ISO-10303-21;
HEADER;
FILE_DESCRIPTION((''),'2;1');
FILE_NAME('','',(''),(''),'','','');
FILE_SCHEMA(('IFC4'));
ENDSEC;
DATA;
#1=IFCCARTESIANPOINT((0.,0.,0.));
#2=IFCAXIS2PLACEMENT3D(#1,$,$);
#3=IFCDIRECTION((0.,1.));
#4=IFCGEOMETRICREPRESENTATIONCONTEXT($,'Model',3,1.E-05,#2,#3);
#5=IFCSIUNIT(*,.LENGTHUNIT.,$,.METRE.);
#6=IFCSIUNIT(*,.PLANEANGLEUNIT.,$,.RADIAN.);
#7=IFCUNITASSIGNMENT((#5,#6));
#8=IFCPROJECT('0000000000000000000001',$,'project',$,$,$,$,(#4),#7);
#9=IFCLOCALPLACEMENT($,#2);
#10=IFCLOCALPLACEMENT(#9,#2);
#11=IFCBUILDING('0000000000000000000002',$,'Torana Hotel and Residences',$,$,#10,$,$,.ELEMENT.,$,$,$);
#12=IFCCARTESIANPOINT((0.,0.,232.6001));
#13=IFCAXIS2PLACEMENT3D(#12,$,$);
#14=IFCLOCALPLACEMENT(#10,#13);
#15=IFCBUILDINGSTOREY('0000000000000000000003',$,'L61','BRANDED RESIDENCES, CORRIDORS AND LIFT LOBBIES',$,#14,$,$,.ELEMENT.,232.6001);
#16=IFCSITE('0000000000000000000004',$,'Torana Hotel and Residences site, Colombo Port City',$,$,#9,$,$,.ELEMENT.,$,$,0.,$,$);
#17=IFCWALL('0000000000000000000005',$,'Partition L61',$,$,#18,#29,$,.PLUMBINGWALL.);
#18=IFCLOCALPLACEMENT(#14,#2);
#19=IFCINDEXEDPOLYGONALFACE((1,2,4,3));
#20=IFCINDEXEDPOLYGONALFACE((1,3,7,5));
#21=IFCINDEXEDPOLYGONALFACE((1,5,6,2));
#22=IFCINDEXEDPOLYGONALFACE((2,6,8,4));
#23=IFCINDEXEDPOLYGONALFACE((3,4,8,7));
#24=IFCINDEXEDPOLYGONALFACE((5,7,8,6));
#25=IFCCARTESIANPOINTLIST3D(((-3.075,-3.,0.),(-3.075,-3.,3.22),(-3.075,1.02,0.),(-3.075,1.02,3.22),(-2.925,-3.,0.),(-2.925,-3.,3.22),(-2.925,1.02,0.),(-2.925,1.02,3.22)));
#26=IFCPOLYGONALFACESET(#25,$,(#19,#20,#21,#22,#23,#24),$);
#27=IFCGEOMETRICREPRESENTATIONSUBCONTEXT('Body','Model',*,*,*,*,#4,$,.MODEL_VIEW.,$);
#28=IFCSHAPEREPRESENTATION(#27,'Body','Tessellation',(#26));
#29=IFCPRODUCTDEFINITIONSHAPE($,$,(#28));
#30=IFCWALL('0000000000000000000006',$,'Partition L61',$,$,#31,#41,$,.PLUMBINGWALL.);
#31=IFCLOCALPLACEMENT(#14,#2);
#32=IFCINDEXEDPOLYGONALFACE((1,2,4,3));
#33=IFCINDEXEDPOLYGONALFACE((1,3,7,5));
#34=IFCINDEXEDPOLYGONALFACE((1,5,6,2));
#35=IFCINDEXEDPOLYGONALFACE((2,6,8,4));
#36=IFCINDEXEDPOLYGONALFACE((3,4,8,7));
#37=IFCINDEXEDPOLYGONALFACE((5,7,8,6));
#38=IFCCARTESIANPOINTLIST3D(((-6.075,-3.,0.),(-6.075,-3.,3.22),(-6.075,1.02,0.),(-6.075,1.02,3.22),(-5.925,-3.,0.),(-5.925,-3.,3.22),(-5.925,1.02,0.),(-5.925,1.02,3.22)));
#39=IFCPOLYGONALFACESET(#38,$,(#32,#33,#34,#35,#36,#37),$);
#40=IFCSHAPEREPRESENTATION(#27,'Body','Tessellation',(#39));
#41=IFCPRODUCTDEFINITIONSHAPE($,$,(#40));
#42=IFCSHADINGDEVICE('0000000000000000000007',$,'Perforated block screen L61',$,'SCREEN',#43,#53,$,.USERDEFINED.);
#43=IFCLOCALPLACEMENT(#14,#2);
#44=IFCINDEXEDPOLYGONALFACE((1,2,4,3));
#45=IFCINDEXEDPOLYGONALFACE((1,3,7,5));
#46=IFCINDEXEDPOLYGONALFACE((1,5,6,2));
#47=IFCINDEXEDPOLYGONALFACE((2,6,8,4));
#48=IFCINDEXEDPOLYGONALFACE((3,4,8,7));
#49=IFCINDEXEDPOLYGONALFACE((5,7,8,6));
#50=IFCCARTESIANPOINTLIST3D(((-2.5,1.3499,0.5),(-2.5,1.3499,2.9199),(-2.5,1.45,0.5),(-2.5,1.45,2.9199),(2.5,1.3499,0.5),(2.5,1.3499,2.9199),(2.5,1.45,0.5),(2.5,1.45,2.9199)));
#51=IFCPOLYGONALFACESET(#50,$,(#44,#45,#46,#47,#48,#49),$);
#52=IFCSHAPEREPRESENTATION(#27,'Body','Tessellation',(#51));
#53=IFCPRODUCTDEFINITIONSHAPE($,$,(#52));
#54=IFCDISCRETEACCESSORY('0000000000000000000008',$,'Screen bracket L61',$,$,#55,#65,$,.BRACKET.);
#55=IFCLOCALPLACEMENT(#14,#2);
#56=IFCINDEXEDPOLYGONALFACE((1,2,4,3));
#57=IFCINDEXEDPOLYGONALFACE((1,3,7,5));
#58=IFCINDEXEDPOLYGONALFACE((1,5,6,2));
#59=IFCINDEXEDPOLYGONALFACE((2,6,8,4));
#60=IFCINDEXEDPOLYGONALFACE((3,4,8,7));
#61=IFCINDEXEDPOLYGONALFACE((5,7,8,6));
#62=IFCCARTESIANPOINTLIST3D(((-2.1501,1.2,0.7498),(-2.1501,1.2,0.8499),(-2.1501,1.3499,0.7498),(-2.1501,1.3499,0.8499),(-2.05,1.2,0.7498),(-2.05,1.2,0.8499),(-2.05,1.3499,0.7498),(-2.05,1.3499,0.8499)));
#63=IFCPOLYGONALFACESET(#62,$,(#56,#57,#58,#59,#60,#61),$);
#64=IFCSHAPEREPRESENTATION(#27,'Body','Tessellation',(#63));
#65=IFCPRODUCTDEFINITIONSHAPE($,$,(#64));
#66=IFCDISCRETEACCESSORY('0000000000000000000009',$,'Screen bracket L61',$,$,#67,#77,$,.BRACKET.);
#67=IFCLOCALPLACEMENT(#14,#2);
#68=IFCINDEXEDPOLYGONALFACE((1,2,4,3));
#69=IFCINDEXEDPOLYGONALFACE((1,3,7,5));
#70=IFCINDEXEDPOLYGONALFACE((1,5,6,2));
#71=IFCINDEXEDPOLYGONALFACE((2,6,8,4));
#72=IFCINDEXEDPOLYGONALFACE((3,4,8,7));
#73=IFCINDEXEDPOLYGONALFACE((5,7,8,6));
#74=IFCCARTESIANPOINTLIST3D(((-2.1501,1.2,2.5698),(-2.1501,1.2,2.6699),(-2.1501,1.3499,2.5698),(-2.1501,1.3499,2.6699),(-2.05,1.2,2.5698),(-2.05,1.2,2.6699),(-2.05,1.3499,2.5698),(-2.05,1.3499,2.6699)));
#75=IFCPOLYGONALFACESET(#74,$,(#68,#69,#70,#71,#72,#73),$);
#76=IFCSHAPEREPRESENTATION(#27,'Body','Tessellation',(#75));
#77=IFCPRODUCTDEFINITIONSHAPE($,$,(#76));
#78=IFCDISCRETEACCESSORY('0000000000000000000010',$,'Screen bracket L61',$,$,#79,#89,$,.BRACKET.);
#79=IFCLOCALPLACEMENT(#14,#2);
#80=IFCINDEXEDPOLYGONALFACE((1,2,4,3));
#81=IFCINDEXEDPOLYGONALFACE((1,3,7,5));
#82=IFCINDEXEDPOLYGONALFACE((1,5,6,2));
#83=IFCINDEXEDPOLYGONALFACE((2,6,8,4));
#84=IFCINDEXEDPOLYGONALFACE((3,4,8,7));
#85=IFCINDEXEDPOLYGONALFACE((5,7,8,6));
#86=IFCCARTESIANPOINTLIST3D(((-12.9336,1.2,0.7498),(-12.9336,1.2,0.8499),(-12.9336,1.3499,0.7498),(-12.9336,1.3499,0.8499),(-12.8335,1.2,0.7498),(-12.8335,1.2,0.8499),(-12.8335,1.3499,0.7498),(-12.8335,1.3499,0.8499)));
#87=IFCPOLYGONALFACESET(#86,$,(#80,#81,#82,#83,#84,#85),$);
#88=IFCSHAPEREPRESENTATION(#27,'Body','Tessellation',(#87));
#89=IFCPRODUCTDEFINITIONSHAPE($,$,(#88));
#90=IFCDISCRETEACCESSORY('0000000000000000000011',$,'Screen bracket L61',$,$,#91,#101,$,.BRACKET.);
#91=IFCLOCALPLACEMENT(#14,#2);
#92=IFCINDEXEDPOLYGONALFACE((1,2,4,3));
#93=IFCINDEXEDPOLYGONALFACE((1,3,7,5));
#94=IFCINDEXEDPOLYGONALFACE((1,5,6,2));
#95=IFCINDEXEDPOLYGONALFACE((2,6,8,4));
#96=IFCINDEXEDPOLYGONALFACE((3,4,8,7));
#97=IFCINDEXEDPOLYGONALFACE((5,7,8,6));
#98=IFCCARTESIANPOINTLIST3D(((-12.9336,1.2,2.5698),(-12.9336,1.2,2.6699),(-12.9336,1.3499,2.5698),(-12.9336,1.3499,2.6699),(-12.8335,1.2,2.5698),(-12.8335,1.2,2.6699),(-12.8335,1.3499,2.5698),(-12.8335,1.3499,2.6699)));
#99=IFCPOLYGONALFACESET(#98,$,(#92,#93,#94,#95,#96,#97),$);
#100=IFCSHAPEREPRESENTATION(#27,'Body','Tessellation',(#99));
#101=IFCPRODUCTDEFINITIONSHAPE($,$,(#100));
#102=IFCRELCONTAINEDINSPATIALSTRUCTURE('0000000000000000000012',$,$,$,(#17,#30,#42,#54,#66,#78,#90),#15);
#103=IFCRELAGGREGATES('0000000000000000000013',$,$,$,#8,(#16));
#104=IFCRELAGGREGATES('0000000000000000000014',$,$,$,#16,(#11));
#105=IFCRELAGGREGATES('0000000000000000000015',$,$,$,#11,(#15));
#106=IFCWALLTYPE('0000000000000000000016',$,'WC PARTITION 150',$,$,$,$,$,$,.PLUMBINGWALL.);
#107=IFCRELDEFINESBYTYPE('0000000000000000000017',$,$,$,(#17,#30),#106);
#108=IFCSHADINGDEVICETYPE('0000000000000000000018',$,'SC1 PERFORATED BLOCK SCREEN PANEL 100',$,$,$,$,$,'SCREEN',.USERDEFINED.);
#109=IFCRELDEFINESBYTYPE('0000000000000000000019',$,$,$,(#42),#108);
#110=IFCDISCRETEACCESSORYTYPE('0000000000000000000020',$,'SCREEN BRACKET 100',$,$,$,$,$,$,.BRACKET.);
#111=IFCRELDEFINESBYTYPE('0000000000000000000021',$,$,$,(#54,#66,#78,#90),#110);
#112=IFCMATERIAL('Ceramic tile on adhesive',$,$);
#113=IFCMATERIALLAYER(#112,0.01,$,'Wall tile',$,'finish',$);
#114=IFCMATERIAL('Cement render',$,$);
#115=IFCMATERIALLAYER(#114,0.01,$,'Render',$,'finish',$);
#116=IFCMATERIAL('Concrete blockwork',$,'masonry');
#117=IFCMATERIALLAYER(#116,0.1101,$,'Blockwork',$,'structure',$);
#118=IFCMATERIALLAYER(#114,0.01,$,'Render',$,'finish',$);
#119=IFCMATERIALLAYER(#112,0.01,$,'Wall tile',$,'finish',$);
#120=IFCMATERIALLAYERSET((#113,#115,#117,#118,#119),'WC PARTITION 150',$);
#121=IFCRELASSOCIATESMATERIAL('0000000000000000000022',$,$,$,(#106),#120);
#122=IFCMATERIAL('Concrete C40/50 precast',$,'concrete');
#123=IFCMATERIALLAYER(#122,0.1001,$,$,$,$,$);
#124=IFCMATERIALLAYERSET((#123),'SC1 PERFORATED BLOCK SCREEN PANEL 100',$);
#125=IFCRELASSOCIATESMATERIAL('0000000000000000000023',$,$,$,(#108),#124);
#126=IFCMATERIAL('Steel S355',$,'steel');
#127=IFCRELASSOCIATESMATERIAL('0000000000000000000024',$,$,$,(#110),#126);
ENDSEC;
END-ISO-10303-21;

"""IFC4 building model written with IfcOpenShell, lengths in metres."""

from ifc_helpers import new_model, si_unit, direction, frame, frame_2d, origin, origin_2d, place, context, subcontext, project, spatial, rectangle, extrude, material, layer, layer_set, type_object, element, save


model = new_model("IFC4")

# Units and contexts
model_context = context("Model", 3, precision=1e-05, world=origin(), true_north=direction((0.0, 1.0)))
body_context = subcontext(model_context, "Body", "Model", "MODEL_VIEW")
ifc_project = project(units=[si_unit("LENGTHUNIT", "METRE"), si_unit("PLANEANGLEUNIT", "RADIAN")], contexts=[model_context])

# Site, building, storey
site_placement = place(None, origin())
site = spatial("IfcSite", under=ifc_project, at=site_placement, Name="Torana Hotel and Residences site, Colombo Port City", CompositionType="ELEMENT", RefElevation=0.0)
building_placement = place(site_placement, origin())
building = spatial("IfcBuilding", under=site, at=building_placement, Name="Torana Hotel and Residences", CompositionType="ELEMENT")
storey_placement = place(building_placement, frame((0.0, 0.0, 232.6001)))
storey = spatial("IfcBuildingStorey", under=building, at=storey_placement, Name="L61", Description="BRANDED RESIDENCES, CORRIDORS AND LIFT LOBBIES", CompositionType="ELEMENT", Elevation=232.6001)

# Walls
ifc_material_1 = material(Name="Ceramic tile on adhesive")
ifc_layer_1 = layer(ifc_material_1, 0.01, Name="Wall tile", Category="finish")
ifc_material_2 = material(Name="Cement render")
ifc_layer_2 = layer(ifc_material_2, 0.01, Name="Render", Category="finish")
ifc_material_3 = material(Name="Concrete blockwork", Category="masonry")
ifc_layer_3 = layer(ifc_material_3, 0.1101, Name="Blockwork", Category="structure")
ifc_layer_4 = layer(ifc_material_2, 0.01, Name="Render", Category="finish")
ifc_layer_5 = layer(ifc_material_1, 0.01, Name="Wall tile", Category="finish")
ifc_layer_set_1 = layer_set([ifc_layer_1, ifc_layer_2, ifc_layer_3, ifc_layer_4, ifc_layer_5], Name="WC PARTITION 150")
wall_type_1 = type_object("IfcWallType", Name="WC PARTITION 150", PredefinedType="PLUMBINGWALL", material=ifc_layer_set_1)
for number, where, z_axis, x_axis, name in (
    (1, (-3.0, -3.0, 0.0), (0.0, 0.0, 1.0), (0.0, 1.0, 0.0), "Partition L61"),
    (2, (-6.0, -3.0, 0.0), (0.0, 0.0, 1.0), (0.0, 1.0, 0.0), "Partition L61"),
):
    element("IfcWall", number, at=place(storey_placement, frame(where, z_axis=z_axis, x_axis=x_axis)), inside=storey, type_object=wall_type_1, Name=name, PredefinedType="PLUMBINGWALL", context=body_context, shape_type="SweptSolid", body=[
        extrude(rectangle(XDim=4.02, YDim=0.1499, at=frame_2d((2.01, 0.0))), origin(), (0.0, 0.0, 1.0), 3.22),
    ])

# Shading device
ifc_material_4 = material(Name="Concrete C40/50 precast", Category="concrete")
ifc_layer_6 = layer(ifc_material_4, 0.1001)
ifc_layer_set_2 = layer_set([ifc_layer_6], Name="SC1 PERFORATED BLOCK SCREEN PANEL 100")
shading_device_type = type_object("IfcShadingDeviceType", Name="SC1 PERFORATED BLOCK SCREEN PANEL 100", ElementType="SCREEN", PredefinedType="USERDEFINED", material=ifc_layer_set_2)
shading_device_placement = place(storey_placement, frame((0.0, 1.3999, 0.5), z_axis=(0.0, 0.0, 1.0), x_axis=(-1.0, 0.0, 0.0)))
element("IfcShadingDevice", 3, at=shading_device_placement, inside=storey, type_object=shading_device_type, Name="Perforated block screen L61", ObjectType="SCREEN", PredefinedType="USERDEFINED", context=body_context, shape_type="SweptSolid", body=[
    extrude(rectangle(XDim=5.0, YDim=0.1001, at=origin_2d()), origin(), (0.0, 0.0, 1.0), 2.4199),
])

# Discrete accessories
ifc_material_5 = material(Name="Steel S355", Category="steel")
discrete_accessory_type = type_object("IfcDiscreteAccessoryType", Name="SCREEN BRACKET 100", PredefinedType="BRACKET", material=ifc_material_5)
for number, where, z_axis, x_axis, name in (
    (4, (-2.1001, 1.2749, 0.7498), (0.0, 0.0, 1.0), (-1.0, 0.0, 0.0), "Screen bracket L61"),
    (5, (-2.1001, 1.2749, 2.5698), (0.0, 0.0, 1.0), (-1.0, 0.0, 0.0), "Screen bracket L61"),
    (6, (-12.8835, 1.2749, 0.7498), (0.0, 0.0, 1.0), (-1.0, 0.0, 0.0), "Screen bracket L61"),
    (7, (-12.8835, 1.2749, 2.5698), (0.0, 0.0, 1.0), (-1.0, 0.0, 0.0), "Screen bracket L61"),
):
    element("IfcDiscreteAccessory", number, at=place(storey_placement, frame(where, z_axis=z_axis, x_axis=x_axis)), inside=storey, type_object=discrete_accessory_type, Name=name, PredefinedType="BRACKET", context=body_context, shape_type="SweptSolid", body=[
        extrude(rectangle(XDim=0.1001, YDim=0.1499, at=origin_2d()), origin(), (0.0, 0.0, 1.0), 0.1001),
    ])

save(model, "model.ifc")
